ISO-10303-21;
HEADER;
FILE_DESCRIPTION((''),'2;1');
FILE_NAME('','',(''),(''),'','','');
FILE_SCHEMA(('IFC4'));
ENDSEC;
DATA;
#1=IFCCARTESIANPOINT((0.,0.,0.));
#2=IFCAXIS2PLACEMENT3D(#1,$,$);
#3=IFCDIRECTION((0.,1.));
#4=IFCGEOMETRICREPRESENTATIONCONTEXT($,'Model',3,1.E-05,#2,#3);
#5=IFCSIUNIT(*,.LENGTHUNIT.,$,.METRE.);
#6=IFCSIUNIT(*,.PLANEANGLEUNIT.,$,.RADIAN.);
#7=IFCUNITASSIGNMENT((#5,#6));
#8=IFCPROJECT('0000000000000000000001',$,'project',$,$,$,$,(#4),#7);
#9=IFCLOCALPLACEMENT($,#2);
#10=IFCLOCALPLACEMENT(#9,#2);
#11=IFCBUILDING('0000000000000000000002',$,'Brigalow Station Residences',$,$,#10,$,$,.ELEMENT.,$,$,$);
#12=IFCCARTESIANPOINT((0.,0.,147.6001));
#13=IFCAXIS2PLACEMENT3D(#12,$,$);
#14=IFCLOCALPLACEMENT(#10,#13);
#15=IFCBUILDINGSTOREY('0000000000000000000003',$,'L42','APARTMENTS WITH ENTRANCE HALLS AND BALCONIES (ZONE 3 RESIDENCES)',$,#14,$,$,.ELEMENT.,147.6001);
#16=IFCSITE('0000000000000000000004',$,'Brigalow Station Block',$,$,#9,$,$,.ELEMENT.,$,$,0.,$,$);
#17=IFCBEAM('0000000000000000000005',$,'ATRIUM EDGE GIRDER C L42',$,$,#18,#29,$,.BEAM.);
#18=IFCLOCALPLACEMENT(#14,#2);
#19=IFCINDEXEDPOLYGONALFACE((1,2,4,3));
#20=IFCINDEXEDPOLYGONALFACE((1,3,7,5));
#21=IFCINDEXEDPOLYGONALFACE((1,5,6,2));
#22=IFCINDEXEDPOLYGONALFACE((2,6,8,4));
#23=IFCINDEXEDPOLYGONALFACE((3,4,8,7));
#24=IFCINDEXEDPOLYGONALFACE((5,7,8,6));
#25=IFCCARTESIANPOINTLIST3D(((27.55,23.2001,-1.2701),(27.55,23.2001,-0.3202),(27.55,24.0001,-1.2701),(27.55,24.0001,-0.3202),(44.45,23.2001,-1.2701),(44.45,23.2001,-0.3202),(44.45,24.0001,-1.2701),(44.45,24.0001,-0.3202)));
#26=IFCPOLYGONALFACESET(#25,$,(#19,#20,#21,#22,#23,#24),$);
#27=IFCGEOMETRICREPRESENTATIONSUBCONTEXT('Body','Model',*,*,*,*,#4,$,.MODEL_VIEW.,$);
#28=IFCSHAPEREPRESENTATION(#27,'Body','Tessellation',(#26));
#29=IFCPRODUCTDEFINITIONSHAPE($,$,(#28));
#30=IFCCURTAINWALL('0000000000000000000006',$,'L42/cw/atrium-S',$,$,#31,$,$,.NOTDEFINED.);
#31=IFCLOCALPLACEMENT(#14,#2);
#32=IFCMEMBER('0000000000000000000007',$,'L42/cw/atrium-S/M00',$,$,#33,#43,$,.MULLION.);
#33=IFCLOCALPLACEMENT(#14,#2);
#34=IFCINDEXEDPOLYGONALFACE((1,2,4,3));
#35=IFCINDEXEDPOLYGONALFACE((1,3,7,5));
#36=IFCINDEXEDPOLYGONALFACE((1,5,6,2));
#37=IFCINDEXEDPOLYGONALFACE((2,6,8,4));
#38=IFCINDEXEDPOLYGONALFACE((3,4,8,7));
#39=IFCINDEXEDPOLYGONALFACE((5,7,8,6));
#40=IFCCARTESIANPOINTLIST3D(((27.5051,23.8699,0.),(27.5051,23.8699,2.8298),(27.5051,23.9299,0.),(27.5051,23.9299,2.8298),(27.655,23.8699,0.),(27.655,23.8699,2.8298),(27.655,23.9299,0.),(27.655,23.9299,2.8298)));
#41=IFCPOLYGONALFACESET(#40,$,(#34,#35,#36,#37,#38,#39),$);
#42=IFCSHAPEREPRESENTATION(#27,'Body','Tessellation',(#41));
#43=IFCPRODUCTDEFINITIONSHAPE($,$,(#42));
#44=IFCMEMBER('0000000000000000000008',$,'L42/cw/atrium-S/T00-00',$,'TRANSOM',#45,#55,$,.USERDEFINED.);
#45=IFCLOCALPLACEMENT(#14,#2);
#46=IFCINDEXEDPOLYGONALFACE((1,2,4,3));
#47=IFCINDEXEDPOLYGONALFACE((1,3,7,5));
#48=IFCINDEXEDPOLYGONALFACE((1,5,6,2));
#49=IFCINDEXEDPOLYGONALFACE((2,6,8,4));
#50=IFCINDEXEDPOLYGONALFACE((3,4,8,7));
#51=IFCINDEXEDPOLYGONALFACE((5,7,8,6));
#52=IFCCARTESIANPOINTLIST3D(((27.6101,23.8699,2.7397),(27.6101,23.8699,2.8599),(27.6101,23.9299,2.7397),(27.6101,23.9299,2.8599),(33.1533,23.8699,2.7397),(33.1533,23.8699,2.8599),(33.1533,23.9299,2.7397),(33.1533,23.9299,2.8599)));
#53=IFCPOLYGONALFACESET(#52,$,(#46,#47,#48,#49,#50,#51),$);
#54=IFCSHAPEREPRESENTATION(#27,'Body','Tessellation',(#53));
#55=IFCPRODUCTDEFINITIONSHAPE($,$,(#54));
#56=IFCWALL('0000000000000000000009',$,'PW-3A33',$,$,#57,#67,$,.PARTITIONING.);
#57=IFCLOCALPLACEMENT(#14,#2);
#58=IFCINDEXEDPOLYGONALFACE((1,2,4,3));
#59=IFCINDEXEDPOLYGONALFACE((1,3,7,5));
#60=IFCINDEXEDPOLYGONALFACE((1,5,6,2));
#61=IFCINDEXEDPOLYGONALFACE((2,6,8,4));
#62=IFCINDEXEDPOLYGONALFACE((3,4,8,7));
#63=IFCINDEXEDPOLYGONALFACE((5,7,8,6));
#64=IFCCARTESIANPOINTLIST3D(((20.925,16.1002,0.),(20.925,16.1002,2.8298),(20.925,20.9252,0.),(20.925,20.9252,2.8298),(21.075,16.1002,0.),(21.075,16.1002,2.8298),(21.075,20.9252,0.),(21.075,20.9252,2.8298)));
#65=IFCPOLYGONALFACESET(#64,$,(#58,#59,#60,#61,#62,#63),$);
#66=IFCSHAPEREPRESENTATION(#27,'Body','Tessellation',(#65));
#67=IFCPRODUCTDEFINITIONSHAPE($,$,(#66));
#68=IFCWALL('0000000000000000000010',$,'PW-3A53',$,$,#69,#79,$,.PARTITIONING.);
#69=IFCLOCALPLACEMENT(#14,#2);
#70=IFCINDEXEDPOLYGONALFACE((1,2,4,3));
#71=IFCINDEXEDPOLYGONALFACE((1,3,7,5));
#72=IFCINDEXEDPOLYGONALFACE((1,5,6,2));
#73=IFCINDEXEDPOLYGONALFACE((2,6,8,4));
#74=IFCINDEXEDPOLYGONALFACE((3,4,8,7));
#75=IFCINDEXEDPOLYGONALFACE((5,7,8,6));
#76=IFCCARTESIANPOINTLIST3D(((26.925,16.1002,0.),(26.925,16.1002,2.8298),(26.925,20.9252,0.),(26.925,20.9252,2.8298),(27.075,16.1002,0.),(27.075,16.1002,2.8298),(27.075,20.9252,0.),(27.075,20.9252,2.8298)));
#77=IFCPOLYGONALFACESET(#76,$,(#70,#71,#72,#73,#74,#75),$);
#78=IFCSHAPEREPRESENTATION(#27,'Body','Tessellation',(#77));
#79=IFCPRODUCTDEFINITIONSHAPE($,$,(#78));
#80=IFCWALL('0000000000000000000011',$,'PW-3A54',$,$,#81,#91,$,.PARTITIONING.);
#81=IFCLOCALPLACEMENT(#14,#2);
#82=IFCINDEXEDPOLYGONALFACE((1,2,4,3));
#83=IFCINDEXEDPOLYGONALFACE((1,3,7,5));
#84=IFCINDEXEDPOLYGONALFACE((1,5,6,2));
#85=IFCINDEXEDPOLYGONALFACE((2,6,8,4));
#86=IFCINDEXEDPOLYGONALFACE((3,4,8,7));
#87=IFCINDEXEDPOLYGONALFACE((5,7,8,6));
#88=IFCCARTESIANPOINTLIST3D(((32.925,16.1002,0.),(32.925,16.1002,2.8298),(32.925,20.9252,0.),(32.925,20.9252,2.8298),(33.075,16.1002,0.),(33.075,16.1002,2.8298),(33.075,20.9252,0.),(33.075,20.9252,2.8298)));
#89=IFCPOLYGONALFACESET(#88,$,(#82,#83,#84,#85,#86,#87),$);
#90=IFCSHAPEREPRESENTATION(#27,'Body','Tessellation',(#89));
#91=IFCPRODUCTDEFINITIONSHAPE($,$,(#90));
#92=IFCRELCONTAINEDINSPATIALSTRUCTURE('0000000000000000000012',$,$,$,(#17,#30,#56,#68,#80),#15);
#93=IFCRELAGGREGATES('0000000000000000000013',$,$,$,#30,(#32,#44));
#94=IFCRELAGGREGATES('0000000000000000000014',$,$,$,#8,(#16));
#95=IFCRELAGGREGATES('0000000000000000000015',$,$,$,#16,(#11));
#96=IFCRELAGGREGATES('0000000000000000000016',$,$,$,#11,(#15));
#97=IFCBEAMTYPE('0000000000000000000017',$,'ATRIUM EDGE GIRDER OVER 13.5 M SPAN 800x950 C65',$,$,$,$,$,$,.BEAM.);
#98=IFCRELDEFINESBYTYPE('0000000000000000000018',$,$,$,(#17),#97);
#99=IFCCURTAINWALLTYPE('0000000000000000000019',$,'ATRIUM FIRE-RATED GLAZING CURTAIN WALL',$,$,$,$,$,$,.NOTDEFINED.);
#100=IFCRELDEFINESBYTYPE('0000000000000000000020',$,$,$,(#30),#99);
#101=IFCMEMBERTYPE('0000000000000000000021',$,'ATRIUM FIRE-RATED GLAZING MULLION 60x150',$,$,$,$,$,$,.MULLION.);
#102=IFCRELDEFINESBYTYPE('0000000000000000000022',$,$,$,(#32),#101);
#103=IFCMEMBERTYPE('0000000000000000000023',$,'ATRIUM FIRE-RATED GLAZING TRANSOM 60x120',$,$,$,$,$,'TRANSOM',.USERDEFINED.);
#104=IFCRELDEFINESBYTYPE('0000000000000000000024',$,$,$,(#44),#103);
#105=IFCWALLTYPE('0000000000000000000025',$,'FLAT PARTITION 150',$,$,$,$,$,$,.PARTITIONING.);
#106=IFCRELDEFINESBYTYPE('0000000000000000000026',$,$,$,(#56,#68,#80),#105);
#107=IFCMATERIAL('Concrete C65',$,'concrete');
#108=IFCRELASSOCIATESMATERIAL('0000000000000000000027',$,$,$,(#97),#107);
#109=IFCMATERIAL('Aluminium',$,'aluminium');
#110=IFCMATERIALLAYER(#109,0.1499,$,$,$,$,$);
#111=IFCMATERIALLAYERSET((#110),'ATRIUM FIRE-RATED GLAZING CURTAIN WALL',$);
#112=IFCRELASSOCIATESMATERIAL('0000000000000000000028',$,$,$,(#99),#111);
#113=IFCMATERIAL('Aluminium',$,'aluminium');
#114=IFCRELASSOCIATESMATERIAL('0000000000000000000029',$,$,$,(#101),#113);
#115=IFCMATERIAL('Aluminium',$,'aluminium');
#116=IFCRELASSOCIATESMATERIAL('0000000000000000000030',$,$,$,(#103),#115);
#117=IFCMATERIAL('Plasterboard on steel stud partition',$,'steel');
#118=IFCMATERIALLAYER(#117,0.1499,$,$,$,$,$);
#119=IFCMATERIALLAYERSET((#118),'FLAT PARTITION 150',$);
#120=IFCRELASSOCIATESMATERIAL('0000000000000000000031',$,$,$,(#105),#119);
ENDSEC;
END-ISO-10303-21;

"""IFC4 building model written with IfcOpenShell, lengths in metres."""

from ifc_helpers import new_model, si_unit, direction, frame, frame_2d, origin, origin_2d, place, context, subcontext, project, spatial, rectangle, extrude, material, layer, layer_set, material_profile, profile_set, type_object, element, aggregate, save


model = new_model("IFC4")

# Units and contexts
model_context = context("Model", 3, precision=1e-05, world=origin(), true_north=direction((0.0, 1.0)))
body_context = subcontext(model_context, "Body", "Model", "MODEL_VIEW")
ifc_project = project(units=[si_unit("LENGTHUNIT", "METRE"), si_unit("PLANEANGLEUNIT", "RADIAN")], contexts=[model_context])

# Site, building, storey
site_placement = place(None, origin())
site = spatial("IfcSite", under=ifc_project, at=site_placement, Name="Brigalow Station Block", CompositionType="ELEMENT", RefElevation=0.0)
building_placement = place(site_placement, origin())
building = spatial("IfcBuilding", under=site, at=building_placement, Name="Brigalow Station Residences", CompositionType="ELEMENT")
storey_placement = place(building_placement, frame((0.0, 0.0, 147.6001)))
storey = spatial("IfcBuildingStorey", under=building, at=storey_placement, Name="L42", Description="APARTMENTS WITH ENTRANCE HALLS AND BALCONIES (ZONE 3 RESIDENCES)", CompositionType="ELEMENT", Elevation=147.6001)

# Beam
ifc_material_1 = material(Name="Concrete C65", Category="concrete")
ifc_material_profile_1 = material_profile(ifc_material_1, rectangle(XDim=0.8, YDim=0.95, at=origin_2d()), Name="RC800x950")
ifc_profile_set_1 = profile_set([ifc_material_profile_1], Name="Concrete C65")
beam_type = type_object("IfcBeamType", Name="ATRIUM EDGE GIRDER OVER 13.5 M SPAN 800x950 C65", PredefinedType="BEAM", material=ifc_profile_set_1)
beam_placement = place(storey_placement, frame((27.55, 23.6001, -0.7952), z_axis=(1.0, 0.0, 0.0), x_axis=(0.0, 1.0, 0.0)))
element("IfcBeam", 1, at=beam_placement, inside=storey, type_object=beam_type, Name="ATRIUM EDGE GIRDER C L42", PredefinedType="BEAM", context=body_context, shape_type="SweptSolid", body=[
    extrude(rectangle(XDim=0.8, YDim=0.95, at=origin_2d()), origin(), (0.0, 0.0, 1.0), 16.8999),
])

# Curtain wall, members
ifc_material_2 = material(Name="Aluminium", Category="aluminium")
ifc_layer_1 = layer(ifc_material_2, 0.1499)
ifc_layer_set_1 = layer_set([ifc_layer_1], Name="ATRIUM FIRE-RATED GLAZING CURTAIN WALL")
curtain_wall_type = type_object("IfcCurtainWallType", Name="ATRIUM FIRE-RATED GLAZING CURTAIN WALL", PredefinedType="NOTDEFINED", material=ifc_layer_set_1)
curtain_wall_placement = place(storey_placement, origin())
curtain_wall = element("IfcCurtainWall", 2, at=curtain_wall_placement, inside=storey, type_object=curtain_wall_type, Name="L42/cw/atrium-S", PredefinedType="NOTDEFINED")
ifc_material_3 = material(Name="Aluminium", Category="aluminium")
ifc_material_profile_2 = material_profile(ifc_material_3, rectangle(XDim=0.0601, YDim=0.1499, at=origin_2d()), Name="ATRIUM FIRE-RATED GLAZING MULLION 60x150")
ifc_profile_set_2 = profile_set([ifc_material_profile_2], Name="Aluminium")
member_type_1 = type_object("IfcMemberType", Name="ATRIUM FIRE-RATED GLAZING MULLION 60x150", PredefinedType="MULLION", material=ifc_profile_set_2)
member_1_placement = place(storey_placement, frame((27.5801, 23.8999, 0.0), z_axis=(0.0, 0.0, 1.0), x_axis=(0.0, 1.0, 0.0)))
member_1 = element("IfcMember", 3, at=member_1_placement, type_object=member_type_1, Name="L42/cw/atrium-S/M00", PredefinedType="MULLION", context=body_context, shape_type="SweptSolid", body=[
    extrude(rectangle(XDim=0.0601, YDim=0.1499, at=origin_2d()), origin(), (0.0, 0.0, 1.0), 2.8298),
])
ifc_material_4 = material(Name="Aluminium", Category="aluminium")
ifc_material_profile_3 = material_profile(ifc_material_4, rectangle(XDim=0.0601, YDim=0.1201, at=origin_2d()), Name="ATRIUM FIRE-RATED GLAZING TRANSOM 60x120")
ifc_profile_set_3 = profile_set([ifc_material_profile_3], Name="Aluminium")
member_type_2 = type_object("IfcMemberType", Name="ATRIUM FIRE-RATED GLAZING TRANSOM 60x120", ElementType="TRANSOM", PredefinedType="USERDEFINED", material=ifc_profile_set_3)
member_2_placement = place(storey_placement, frame((27.6101, 23.8999, 2.7998), z_axis=(1.0, 0.0, 0.0), x_axis=(0.0, 1.0, 0.0)))
member_2 = element("IfcMember", 4, at=member_2_placement, type_object=member_type_2, Name="L42/cw/atrium-S/T00-00", ObjectType="TRANSOM", PredefinedType="USERDEFINED", context=body_context, shape_type="SweptSolid", body=[
    extrude(rectangle(XDim=0.0601, YDim=0.1201, at=origin_2d()), origin(), (0.0, 0.0, 1.0), 5.5432),
])
aggregate(curtain_wall, [member_1, member_2])

# Walls
ifc_material_5 = material(Name="Plasterboard on steel stud partition", Category="steel")
ifc_layer_2 = layer(ifc_material_5, 0.1499)
ifc_layer_set_2 = layer_set([ifc_layer_2], Name="FLAT PARTITION 150")
wall_type = type_object("IfcWallType", Name="FLAT PARTITION 150", PredefinedType="PARTITIONING", material=ifc_layer_set_2)
for number, where, z_axis, x_axis, name in (
    (5, (21.0, 16.1001, 0.0), (0.0, 0.0, 1.0), (0.0, 1.0, 0.0), "PW-3A33"),
    (6, (27.0, 16.1001, 0.0), (0.0, 0.0, 1.0), (0.0, 1.0, 0.0), "PW-3A53"),
    (7, (33.0, 16.1001, 0.0), (0.0, 0.0, 1.0), (0.0, 1.0, 0.0), "PW-3A54"),
):
    element("IfcWall", number, at=place(storey_placement, frame(where, z_axis=z_axis, x_axis=x_axis)), inside=storey, type_object=wall_type, Name=name, PredefinedType="PARTITIONING", context=body_context, shape_type="SweptSolid", body=[
        extrude(rectangle(XDim=4.825, YDim=0.1499, at=frame_2d((2.4126, 0.0))), origin(), (0.0, 0.0, 1.0), 2.8298),
    ])

save(model, "model.ifc")
